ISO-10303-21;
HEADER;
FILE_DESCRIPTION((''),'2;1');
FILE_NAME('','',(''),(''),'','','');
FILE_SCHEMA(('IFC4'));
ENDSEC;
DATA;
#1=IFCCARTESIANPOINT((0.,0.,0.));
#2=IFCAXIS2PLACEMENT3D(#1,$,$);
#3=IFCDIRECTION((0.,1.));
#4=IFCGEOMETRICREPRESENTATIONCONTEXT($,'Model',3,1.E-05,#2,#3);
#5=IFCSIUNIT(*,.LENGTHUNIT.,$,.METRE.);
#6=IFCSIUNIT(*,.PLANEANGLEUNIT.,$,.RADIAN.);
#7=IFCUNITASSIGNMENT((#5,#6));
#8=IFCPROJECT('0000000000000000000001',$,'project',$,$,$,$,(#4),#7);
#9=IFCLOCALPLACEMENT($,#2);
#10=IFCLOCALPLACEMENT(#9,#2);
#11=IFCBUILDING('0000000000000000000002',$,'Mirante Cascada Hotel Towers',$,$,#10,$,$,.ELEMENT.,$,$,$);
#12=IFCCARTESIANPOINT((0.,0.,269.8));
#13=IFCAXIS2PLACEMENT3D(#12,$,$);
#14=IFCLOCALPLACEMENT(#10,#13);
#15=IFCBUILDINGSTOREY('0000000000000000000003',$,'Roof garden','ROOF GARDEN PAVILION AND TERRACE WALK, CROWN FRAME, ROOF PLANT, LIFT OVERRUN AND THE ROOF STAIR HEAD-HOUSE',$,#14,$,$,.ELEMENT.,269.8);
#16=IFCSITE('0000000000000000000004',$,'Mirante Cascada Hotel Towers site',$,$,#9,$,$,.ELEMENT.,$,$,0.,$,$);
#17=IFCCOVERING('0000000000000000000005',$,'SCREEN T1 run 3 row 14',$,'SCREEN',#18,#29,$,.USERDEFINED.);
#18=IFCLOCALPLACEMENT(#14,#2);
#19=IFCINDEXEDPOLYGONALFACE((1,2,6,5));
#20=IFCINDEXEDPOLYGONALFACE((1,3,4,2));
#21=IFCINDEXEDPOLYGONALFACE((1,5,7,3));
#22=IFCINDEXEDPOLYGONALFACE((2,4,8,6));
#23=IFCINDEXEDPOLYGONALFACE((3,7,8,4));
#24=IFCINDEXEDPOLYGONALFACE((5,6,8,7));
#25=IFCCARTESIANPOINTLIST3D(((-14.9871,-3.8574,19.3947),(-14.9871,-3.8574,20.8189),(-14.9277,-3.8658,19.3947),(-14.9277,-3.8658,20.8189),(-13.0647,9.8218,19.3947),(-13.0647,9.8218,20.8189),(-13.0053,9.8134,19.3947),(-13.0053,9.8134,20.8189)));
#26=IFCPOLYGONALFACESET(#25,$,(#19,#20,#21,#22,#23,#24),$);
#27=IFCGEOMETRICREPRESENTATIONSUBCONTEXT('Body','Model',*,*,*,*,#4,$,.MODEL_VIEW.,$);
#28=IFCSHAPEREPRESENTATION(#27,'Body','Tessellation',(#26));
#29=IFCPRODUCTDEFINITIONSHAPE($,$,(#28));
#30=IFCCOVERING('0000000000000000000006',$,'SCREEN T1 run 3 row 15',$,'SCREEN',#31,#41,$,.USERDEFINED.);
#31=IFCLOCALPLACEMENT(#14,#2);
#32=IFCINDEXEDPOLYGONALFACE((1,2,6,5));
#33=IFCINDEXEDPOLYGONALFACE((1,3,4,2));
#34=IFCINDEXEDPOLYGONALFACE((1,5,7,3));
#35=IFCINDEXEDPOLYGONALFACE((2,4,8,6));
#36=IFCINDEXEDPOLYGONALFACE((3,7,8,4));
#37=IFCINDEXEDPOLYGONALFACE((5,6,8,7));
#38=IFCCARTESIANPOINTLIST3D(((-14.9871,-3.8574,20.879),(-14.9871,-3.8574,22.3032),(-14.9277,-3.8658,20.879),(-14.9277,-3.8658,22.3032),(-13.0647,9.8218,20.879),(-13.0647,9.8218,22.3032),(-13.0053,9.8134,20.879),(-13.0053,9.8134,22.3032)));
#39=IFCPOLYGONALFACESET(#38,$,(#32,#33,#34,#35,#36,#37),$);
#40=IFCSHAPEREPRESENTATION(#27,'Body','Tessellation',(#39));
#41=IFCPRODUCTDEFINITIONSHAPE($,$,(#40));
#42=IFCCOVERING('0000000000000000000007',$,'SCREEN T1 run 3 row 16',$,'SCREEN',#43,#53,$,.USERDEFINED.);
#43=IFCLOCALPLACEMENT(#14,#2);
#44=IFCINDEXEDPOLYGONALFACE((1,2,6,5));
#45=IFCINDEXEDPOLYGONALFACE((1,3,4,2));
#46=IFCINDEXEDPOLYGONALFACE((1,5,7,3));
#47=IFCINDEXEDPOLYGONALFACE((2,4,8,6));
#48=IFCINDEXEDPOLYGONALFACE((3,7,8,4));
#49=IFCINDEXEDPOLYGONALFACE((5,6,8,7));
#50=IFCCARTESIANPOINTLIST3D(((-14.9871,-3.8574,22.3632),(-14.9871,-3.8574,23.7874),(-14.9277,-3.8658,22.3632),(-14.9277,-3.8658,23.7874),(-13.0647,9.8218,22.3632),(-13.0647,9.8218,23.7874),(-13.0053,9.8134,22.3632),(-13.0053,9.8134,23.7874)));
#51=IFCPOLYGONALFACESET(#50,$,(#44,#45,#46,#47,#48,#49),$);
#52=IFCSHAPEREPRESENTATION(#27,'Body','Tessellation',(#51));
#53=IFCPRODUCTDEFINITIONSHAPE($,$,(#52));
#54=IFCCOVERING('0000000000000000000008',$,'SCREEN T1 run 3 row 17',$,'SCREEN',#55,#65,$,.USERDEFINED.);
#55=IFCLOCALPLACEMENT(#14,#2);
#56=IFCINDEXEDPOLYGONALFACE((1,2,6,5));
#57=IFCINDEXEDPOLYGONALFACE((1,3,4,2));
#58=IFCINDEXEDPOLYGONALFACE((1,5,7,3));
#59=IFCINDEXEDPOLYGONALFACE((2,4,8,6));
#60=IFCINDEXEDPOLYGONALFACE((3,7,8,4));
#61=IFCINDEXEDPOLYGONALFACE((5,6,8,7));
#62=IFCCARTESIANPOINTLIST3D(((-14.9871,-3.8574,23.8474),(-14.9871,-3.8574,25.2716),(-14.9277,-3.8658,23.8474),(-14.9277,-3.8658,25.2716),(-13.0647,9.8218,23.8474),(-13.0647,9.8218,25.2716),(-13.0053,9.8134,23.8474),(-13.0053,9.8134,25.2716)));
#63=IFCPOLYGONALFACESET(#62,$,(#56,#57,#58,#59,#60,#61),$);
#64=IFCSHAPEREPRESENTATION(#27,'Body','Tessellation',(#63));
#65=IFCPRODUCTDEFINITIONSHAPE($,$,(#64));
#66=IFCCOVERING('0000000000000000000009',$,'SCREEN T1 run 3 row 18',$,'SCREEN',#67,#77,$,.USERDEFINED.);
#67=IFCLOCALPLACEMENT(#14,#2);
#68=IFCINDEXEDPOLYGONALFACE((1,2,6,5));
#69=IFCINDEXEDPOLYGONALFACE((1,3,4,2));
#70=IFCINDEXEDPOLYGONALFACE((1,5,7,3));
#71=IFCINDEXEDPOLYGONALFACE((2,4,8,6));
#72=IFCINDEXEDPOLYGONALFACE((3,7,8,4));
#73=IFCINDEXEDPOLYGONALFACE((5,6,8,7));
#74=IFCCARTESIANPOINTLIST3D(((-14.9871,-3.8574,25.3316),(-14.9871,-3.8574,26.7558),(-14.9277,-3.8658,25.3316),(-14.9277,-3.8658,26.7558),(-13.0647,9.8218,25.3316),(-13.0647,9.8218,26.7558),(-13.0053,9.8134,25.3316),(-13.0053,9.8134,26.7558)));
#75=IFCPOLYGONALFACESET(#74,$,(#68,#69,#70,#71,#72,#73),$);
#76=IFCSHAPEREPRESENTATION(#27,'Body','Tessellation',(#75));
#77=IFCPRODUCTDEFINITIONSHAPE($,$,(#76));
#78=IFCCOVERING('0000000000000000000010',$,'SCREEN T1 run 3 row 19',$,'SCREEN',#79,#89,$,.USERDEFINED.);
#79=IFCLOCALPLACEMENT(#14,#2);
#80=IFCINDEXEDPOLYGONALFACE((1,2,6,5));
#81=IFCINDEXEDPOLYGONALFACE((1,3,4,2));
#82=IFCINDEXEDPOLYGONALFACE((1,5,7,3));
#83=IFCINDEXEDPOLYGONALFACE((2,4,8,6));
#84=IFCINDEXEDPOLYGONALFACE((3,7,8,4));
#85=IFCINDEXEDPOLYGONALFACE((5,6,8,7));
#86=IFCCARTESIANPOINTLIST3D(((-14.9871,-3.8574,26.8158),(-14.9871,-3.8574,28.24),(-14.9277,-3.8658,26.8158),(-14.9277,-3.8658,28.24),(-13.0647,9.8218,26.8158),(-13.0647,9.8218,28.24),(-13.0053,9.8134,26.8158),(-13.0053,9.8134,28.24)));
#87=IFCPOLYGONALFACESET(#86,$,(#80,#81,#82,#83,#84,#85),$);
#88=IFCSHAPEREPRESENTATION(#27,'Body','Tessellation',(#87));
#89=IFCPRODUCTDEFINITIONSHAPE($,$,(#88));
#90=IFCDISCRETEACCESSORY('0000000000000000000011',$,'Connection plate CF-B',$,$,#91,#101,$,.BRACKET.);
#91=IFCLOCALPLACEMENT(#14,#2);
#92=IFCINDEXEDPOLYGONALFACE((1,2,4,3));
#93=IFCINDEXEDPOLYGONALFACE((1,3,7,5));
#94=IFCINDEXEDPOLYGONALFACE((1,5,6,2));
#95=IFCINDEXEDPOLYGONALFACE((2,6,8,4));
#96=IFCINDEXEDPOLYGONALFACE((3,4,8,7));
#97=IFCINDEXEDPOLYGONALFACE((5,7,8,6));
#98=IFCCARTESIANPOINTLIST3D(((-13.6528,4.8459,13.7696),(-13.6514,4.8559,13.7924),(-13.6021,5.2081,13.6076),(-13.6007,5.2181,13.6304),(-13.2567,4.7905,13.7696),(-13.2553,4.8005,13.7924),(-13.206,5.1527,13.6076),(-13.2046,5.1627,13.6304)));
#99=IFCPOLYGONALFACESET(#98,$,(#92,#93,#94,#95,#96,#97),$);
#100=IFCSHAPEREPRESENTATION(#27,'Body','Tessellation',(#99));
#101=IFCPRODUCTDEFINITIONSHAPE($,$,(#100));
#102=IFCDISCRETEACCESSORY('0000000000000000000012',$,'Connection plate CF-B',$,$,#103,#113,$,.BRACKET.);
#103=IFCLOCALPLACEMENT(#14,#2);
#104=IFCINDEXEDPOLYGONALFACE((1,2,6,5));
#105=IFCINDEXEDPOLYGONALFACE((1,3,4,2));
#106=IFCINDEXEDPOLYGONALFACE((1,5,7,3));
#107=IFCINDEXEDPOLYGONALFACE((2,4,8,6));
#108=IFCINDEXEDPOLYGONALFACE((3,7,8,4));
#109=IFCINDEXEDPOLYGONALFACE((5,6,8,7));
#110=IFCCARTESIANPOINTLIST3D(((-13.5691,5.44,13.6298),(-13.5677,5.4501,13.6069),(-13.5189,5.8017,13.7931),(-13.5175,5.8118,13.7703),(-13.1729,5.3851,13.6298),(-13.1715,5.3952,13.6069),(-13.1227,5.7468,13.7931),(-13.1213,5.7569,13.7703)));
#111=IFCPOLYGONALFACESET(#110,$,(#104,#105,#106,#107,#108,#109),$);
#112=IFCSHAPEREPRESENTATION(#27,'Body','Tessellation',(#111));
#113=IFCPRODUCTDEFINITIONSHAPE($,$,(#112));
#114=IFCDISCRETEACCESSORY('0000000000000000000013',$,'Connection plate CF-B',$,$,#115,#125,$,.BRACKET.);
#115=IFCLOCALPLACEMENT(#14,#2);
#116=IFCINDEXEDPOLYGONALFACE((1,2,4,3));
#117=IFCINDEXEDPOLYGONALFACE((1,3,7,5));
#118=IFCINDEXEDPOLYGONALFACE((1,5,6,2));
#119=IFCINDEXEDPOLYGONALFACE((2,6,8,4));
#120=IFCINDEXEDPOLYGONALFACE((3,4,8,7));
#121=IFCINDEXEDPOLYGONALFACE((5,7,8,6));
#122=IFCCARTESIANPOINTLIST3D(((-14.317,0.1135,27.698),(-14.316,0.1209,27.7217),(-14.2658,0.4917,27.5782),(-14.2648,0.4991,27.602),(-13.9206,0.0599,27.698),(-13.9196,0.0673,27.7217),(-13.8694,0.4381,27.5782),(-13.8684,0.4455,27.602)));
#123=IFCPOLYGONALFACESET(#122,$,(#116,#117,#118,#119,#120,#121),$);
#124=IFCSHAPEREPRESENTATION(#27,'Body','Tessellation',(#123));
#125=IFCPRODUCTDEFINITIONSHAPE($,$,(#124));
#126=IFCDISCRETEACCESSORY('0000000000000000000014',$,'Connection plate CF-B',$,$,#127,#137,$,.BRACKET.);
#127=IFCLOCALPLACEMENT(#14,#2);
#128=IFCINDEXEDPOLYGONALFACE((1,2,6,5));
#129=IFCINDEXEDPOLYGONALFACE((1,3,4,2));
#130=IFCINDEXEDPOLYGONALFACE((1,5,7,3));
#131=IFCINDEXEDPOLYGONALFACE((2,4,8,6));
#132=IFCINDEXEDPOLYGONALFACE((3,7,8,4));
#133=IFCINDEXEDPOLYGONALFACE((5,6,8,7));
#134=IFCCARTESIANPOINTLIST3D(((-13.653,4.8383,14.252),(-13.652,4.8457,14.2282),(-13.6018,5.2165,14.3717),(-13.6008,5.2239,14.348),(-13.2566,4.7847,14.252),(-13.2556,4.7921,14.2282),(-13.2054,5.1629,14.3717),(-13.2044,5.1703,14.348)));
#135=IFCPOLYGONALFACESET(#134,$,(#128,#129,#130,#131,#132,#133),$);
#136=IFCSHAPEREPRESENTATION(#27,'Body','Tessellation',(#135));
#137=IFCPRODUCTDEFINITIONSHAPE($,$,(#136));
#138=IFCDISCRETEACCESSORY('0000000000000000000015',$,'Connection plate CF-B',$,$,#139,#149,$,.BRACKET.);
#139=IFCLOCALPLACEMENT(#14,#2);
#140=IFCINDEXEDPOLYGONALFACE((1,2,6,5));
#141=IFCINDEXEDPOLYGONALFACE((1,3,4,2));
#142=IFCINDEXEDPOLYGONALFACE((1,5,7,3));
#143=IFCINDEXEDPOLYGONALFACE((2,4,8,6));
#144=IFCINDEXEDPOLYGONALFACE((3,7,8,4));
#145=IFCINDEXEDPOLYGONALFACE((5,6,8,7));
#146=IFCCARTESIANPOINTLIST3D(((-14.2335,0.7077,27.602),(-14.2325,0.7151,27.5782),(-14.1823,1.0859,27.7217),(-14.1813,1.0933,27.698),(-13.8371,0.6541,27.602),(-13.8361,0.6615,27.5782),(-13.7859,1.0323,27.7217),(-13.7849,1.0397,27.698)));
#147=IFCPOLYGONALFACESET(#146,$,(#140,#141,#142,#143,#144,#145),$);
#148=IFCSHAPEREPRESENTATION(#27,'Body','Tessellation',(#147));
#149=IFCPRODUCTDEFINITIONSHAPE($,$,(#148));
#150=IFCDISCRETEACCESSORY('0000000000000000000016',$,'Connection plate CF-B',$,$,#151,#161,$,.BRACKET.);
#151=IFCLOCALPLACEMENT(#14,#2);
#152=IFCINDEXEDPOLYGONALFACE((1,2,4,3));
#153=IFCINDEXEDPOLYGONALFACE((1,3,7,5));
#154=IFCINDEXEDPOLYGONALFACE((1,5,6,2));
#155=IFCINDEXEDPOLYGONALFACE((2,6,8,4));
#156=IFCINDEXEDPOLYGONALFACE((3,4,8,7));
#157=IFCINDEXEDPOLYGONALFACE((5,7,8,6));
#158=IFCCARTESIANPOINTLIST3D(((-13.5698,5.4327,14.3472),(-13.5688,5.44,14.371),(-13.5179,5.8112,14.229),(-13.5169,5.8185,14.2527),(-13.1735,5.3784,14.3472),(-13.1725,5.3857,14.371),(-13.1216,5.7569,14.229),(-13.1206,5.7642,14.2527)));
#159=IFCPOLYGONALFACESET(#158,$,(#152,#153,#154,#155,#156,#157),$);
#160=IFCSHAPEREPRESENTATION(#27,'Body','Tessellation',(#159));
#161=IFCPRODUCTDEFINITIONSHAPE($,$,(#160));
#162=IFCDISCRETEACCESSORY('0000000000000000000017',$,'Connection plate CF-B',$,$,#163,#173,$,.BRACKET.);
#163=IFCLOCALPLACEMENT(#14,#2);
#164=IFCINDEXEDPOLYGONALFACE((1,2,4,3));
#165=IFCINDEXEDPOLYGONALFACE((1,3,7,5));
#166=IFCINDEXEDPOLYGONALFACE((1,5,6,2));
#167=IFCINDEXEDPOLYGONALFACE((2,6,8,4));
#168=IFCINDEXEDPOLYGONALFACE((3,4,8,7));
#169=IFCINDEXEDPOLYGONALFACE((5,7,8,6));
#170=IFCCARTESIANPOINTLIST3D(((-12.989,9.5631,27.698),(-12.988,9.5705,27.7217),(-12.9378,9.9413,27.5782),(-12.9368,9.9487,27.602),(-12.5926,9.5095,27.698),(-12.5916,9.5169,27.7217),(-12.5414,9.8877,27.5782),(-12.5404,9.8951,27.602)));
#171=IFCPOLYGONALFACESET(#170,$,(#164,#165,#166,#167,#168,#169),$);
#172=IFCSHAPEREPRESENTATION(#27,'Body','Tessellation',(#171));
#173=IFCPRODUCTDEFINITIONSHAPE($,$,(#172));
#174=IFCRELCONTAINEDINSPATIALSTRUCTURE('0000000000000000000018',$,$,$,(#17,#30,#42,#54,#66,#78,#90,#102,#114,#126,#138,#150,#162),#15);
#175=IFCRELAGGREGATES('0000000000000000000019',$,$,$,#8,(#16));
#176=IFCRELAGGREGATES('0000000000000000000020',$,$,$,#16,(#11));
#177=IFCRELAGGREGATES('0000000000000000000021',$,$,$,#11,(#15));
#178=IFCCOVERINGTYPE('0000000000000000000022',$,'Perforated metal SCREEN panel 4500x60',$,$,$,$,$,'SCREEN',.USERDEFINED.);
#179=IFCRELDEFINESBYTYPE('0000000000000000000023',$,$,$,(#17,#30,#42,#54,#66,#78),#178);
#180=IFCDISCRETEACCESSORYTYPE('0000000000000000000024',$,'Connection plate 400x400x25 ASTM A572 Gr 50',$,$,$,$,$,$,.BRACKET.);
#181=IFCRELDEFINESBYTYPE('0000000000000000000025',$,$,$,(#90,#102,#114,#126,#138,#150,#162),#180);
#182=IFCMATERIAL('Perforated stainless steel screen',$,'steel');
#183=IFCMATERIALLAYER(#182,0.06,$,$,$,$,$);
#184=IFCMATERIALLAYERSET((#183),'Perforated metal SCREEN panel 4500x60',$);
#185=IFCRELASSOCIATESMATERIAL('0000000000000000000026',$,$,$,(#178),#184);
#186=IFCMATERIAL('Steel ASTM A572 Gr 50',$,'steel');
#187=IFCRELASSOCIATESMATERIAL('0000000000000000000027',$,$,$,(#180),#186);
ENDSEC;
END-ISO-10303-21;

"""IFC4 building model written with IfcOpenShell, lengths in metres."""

from ifc_helpers import new_model, si_unit, direction, frame, origin, origin_2d, place, context, subcontext, project, spatial, rectangle, extrude, material, layer, layer_set, material_profile, profile_set, type_object, element, save


model = new_model("IFC4")

# Units and contexts
model_context = context("Model", 3, precision=1e-05, world=origin(), true_north=direction((0.0, 1.0)))
body_context = subcontext(model_context, "Body", "Model", "MODEL_VIEW")
ifc_project = project(units=[si_unit("LENGTHUNIT", "METRE"), si_unit("PLANEANGLEUNIT", "RADIAN")], contexts=[model_context])

# Site, building, storey
site_placement = place(None, origin())
site = spatial("IfcSite", under=ifc_project, at=site_placement, Name="Mirante Cascada Hotel Towers site", CompositionType="ELEMENT", RefElevation=0.0)
building_placement = place(site_placement, origin())
building = spatial("IfcBuilding", under=site, at=building_placement, Name="Mirante Cascada Hotel Towers", CompositionType="ELEMENT")
storey_placement = place(building_placement, frame((0.0, 0.0, 269.8)))
storey = spatial("IfcBuildingStorey", under=building, at=storey_placement, Name="Roof garden", Description="ROOF GARDEN PAVILION AND TERRACE WALK, CROWN FRAME, ROOF PLANT, LIFT OVERRUN AND THE ROOF STAIR HEAD-HOUSE", CompositionType="ELEMENT", Elevation=269.8)

# Coverings
ifc_material_1 = material(Name="Perforated stainless steel screen", Category="steel")
ifc_layer = layer(ifc_material_1, 0.06)
ifc_layer_set = layer_set([ifc_layer], Name="Perforated metal SCREEN panel 4500x60")
covering_type = type_object("IfcCoveringType", Name="Perforated metal SCREEN panel 4500x60", ElementType="SCREEN", PredefinedType="USERDEFINED", material=ifc_layer_set)
for number, where, z_axis, x_axis, name in (
    (1, (-13.9962, 2.978, 19.3947), (0.0, 0.0, 1.0), (0.139173, 0.990268, 0.0), "SCREEN T1 run 3 row 14"),
    (2, (-13.9962, 2.978, 20.879), (0.0, 0.0, 1.0), (0.139173, 0.990268, 0.0), "SCREEN T1 run 3 row 15"),
    (3, (-13.9962, 2.978, 22.3632), (0.0, 0.0, 1.0), (0.139173, 0.990268, 0.0), "SCREEN T1 run 3 row 16"),
    (4, (-13.9962, 2.978, 23.8474), (0.0, 0.0, 1.0), (0.139173, 0.990268, 0.0), "SCREEN T1 run 3 row 17"),
    (5, (-13.9962, 2.978, 25.3316), (0.0, 0.0, 1.0), (0.139173, 0.990268, 0.0), "SCREEN T1 run 3 row 18"),
    (6, (-13.9962, 2.978, 26.8158), (0.0, 0.0, 1.0), (0.139173, 0.990268, 0.0), "SCREEN T1 run 3 row 19"),
):
    element("IfcCovering", number, at=place(storey_placement, frame(where, z_axis=z_axis, x_axis=x_axis)), inside=storey, type_object=covering_type, Name=name, ObjectType="SCREEN", PredefinedType="USERDEFINED", context=body_context, shape_type="SweptSolid", body=[
        extrude(rectangle(XDim=13.8136, YDim=0.06, at=origin_2d()), origin(), (0.0, 0.0, 1.0), 1.4242),
    ])

# Discrete accessories
ifc_material_2 = material(Name="Steel ASTM A572 Gr 50", Category="steel")
ifc_material_profile_1 = material_profile(ifc_material_2, rectangle(XDim=0.4, YDim=0.4, at=origin_2d()), Name="Connection plate 400x400x25 ASTM A572 Gr 50")
ifc_profile_set_1 = profile_set([ifc_material_profile_1], Name="Steel ASTM A572 Gr 50")
discrete_accessory_type = type_object("IfcDiscreteAccessoryType", Name="Connection plate 400x400x25 ASTM A572 Gr 50", PredefinedType="BRACKET", material=ifc_profile_set_1)
discrete_accessory_1_placement = place(storey_placement, frame((-13.4294, 4.9993, 13.6886), z_axis=(0.056144, 0.401028, 0.914344), x_axis=(-0.990342, 0.138648, 0.0)))
element("IfcDiscreteAccessory", 7, at=discrete_accessory_1_placement, inside=storey, type_object=discrete_accessory_type, Name="Connection plate CF-B", PredefinedType="BRACKET", context=body_context, shape_type="SweptSolid", body=[
    extrude(rectangle(XDim=0.4, YDim=0.4, at=origin_2d()), origin(), (0.0, 0.0, 1.0), 0.0249),
])
discrete_accessory_2_placement = place(storey_placement, frame((-13.3445, 5.6035, 13.6886), z_axis=(-0.056053, -0.404385, 0.91287), x_axis=(0.990529, -0.137301, 0.0)))
element("IfcDiscreteAccessory", 8, at=discrete_accessory_2_placement, inside=storey, type_object=discrete_accessory_type, Name="Connection plate CF-B", PredefinedType="BRACKET", context=body_context, shape_type="SweptSolid", body=[
    extrude(rectangle(XDim=0.4, YDim=0.4, at=origin_2d()), origin(), (0.0, 0.0, 1.0), 0.025),
])
for number, where, z_axis, x_axis, name in (
    (9, (-14.0932, 0.2758, 27.6381), (0.04009, 0.296665, 0.95414), (-0.990992, 0.133918, 0.0), "Connection plate CF-B"),
    (10, (-13.4282, 5.008, 14.2881), (-0.04009, -0.296665, 0.95414), (0.990992, -0.133918, 0.0), "Connection plate CF-B"),
    (11, (-14.0087, 0.8774, 27.6381), (-0.04009, -0.296665, 0.95414), (0.990992, -0.133918, 0.0), "Connection plate CF-B"),
    (12, (-13.3457, 5.5948, 14.2881), (0.040137, 0.293003, 0.955269), (-0.990747, 0.135719, 0.0), "Connection plate CF-B"),
    (13, (-12.7652, 9.7254, 27.6381), (0.04009, 0.296665, 0.95414), (-0.990992, 0.133918, 0.0), "Connection plate CF-B"),
):
    element("IfcDiscreteAccessory", number, at=place(storey_placement, frame(where, z_axis=z_axis, x_axis=x_axis)), inside=storey, type_object=discrete_accessory_type, Name=name, PredefinedType="BRACKET", context=body_context, shape_type="SweptSolid", body=[
        extrude(rectangle(XDim=0.4, YDim=0.4, at=origin_2d()), origin(), (0.0, 0.0, 1.0), 0.0249),
    ])

save(model, "model.ifc")
